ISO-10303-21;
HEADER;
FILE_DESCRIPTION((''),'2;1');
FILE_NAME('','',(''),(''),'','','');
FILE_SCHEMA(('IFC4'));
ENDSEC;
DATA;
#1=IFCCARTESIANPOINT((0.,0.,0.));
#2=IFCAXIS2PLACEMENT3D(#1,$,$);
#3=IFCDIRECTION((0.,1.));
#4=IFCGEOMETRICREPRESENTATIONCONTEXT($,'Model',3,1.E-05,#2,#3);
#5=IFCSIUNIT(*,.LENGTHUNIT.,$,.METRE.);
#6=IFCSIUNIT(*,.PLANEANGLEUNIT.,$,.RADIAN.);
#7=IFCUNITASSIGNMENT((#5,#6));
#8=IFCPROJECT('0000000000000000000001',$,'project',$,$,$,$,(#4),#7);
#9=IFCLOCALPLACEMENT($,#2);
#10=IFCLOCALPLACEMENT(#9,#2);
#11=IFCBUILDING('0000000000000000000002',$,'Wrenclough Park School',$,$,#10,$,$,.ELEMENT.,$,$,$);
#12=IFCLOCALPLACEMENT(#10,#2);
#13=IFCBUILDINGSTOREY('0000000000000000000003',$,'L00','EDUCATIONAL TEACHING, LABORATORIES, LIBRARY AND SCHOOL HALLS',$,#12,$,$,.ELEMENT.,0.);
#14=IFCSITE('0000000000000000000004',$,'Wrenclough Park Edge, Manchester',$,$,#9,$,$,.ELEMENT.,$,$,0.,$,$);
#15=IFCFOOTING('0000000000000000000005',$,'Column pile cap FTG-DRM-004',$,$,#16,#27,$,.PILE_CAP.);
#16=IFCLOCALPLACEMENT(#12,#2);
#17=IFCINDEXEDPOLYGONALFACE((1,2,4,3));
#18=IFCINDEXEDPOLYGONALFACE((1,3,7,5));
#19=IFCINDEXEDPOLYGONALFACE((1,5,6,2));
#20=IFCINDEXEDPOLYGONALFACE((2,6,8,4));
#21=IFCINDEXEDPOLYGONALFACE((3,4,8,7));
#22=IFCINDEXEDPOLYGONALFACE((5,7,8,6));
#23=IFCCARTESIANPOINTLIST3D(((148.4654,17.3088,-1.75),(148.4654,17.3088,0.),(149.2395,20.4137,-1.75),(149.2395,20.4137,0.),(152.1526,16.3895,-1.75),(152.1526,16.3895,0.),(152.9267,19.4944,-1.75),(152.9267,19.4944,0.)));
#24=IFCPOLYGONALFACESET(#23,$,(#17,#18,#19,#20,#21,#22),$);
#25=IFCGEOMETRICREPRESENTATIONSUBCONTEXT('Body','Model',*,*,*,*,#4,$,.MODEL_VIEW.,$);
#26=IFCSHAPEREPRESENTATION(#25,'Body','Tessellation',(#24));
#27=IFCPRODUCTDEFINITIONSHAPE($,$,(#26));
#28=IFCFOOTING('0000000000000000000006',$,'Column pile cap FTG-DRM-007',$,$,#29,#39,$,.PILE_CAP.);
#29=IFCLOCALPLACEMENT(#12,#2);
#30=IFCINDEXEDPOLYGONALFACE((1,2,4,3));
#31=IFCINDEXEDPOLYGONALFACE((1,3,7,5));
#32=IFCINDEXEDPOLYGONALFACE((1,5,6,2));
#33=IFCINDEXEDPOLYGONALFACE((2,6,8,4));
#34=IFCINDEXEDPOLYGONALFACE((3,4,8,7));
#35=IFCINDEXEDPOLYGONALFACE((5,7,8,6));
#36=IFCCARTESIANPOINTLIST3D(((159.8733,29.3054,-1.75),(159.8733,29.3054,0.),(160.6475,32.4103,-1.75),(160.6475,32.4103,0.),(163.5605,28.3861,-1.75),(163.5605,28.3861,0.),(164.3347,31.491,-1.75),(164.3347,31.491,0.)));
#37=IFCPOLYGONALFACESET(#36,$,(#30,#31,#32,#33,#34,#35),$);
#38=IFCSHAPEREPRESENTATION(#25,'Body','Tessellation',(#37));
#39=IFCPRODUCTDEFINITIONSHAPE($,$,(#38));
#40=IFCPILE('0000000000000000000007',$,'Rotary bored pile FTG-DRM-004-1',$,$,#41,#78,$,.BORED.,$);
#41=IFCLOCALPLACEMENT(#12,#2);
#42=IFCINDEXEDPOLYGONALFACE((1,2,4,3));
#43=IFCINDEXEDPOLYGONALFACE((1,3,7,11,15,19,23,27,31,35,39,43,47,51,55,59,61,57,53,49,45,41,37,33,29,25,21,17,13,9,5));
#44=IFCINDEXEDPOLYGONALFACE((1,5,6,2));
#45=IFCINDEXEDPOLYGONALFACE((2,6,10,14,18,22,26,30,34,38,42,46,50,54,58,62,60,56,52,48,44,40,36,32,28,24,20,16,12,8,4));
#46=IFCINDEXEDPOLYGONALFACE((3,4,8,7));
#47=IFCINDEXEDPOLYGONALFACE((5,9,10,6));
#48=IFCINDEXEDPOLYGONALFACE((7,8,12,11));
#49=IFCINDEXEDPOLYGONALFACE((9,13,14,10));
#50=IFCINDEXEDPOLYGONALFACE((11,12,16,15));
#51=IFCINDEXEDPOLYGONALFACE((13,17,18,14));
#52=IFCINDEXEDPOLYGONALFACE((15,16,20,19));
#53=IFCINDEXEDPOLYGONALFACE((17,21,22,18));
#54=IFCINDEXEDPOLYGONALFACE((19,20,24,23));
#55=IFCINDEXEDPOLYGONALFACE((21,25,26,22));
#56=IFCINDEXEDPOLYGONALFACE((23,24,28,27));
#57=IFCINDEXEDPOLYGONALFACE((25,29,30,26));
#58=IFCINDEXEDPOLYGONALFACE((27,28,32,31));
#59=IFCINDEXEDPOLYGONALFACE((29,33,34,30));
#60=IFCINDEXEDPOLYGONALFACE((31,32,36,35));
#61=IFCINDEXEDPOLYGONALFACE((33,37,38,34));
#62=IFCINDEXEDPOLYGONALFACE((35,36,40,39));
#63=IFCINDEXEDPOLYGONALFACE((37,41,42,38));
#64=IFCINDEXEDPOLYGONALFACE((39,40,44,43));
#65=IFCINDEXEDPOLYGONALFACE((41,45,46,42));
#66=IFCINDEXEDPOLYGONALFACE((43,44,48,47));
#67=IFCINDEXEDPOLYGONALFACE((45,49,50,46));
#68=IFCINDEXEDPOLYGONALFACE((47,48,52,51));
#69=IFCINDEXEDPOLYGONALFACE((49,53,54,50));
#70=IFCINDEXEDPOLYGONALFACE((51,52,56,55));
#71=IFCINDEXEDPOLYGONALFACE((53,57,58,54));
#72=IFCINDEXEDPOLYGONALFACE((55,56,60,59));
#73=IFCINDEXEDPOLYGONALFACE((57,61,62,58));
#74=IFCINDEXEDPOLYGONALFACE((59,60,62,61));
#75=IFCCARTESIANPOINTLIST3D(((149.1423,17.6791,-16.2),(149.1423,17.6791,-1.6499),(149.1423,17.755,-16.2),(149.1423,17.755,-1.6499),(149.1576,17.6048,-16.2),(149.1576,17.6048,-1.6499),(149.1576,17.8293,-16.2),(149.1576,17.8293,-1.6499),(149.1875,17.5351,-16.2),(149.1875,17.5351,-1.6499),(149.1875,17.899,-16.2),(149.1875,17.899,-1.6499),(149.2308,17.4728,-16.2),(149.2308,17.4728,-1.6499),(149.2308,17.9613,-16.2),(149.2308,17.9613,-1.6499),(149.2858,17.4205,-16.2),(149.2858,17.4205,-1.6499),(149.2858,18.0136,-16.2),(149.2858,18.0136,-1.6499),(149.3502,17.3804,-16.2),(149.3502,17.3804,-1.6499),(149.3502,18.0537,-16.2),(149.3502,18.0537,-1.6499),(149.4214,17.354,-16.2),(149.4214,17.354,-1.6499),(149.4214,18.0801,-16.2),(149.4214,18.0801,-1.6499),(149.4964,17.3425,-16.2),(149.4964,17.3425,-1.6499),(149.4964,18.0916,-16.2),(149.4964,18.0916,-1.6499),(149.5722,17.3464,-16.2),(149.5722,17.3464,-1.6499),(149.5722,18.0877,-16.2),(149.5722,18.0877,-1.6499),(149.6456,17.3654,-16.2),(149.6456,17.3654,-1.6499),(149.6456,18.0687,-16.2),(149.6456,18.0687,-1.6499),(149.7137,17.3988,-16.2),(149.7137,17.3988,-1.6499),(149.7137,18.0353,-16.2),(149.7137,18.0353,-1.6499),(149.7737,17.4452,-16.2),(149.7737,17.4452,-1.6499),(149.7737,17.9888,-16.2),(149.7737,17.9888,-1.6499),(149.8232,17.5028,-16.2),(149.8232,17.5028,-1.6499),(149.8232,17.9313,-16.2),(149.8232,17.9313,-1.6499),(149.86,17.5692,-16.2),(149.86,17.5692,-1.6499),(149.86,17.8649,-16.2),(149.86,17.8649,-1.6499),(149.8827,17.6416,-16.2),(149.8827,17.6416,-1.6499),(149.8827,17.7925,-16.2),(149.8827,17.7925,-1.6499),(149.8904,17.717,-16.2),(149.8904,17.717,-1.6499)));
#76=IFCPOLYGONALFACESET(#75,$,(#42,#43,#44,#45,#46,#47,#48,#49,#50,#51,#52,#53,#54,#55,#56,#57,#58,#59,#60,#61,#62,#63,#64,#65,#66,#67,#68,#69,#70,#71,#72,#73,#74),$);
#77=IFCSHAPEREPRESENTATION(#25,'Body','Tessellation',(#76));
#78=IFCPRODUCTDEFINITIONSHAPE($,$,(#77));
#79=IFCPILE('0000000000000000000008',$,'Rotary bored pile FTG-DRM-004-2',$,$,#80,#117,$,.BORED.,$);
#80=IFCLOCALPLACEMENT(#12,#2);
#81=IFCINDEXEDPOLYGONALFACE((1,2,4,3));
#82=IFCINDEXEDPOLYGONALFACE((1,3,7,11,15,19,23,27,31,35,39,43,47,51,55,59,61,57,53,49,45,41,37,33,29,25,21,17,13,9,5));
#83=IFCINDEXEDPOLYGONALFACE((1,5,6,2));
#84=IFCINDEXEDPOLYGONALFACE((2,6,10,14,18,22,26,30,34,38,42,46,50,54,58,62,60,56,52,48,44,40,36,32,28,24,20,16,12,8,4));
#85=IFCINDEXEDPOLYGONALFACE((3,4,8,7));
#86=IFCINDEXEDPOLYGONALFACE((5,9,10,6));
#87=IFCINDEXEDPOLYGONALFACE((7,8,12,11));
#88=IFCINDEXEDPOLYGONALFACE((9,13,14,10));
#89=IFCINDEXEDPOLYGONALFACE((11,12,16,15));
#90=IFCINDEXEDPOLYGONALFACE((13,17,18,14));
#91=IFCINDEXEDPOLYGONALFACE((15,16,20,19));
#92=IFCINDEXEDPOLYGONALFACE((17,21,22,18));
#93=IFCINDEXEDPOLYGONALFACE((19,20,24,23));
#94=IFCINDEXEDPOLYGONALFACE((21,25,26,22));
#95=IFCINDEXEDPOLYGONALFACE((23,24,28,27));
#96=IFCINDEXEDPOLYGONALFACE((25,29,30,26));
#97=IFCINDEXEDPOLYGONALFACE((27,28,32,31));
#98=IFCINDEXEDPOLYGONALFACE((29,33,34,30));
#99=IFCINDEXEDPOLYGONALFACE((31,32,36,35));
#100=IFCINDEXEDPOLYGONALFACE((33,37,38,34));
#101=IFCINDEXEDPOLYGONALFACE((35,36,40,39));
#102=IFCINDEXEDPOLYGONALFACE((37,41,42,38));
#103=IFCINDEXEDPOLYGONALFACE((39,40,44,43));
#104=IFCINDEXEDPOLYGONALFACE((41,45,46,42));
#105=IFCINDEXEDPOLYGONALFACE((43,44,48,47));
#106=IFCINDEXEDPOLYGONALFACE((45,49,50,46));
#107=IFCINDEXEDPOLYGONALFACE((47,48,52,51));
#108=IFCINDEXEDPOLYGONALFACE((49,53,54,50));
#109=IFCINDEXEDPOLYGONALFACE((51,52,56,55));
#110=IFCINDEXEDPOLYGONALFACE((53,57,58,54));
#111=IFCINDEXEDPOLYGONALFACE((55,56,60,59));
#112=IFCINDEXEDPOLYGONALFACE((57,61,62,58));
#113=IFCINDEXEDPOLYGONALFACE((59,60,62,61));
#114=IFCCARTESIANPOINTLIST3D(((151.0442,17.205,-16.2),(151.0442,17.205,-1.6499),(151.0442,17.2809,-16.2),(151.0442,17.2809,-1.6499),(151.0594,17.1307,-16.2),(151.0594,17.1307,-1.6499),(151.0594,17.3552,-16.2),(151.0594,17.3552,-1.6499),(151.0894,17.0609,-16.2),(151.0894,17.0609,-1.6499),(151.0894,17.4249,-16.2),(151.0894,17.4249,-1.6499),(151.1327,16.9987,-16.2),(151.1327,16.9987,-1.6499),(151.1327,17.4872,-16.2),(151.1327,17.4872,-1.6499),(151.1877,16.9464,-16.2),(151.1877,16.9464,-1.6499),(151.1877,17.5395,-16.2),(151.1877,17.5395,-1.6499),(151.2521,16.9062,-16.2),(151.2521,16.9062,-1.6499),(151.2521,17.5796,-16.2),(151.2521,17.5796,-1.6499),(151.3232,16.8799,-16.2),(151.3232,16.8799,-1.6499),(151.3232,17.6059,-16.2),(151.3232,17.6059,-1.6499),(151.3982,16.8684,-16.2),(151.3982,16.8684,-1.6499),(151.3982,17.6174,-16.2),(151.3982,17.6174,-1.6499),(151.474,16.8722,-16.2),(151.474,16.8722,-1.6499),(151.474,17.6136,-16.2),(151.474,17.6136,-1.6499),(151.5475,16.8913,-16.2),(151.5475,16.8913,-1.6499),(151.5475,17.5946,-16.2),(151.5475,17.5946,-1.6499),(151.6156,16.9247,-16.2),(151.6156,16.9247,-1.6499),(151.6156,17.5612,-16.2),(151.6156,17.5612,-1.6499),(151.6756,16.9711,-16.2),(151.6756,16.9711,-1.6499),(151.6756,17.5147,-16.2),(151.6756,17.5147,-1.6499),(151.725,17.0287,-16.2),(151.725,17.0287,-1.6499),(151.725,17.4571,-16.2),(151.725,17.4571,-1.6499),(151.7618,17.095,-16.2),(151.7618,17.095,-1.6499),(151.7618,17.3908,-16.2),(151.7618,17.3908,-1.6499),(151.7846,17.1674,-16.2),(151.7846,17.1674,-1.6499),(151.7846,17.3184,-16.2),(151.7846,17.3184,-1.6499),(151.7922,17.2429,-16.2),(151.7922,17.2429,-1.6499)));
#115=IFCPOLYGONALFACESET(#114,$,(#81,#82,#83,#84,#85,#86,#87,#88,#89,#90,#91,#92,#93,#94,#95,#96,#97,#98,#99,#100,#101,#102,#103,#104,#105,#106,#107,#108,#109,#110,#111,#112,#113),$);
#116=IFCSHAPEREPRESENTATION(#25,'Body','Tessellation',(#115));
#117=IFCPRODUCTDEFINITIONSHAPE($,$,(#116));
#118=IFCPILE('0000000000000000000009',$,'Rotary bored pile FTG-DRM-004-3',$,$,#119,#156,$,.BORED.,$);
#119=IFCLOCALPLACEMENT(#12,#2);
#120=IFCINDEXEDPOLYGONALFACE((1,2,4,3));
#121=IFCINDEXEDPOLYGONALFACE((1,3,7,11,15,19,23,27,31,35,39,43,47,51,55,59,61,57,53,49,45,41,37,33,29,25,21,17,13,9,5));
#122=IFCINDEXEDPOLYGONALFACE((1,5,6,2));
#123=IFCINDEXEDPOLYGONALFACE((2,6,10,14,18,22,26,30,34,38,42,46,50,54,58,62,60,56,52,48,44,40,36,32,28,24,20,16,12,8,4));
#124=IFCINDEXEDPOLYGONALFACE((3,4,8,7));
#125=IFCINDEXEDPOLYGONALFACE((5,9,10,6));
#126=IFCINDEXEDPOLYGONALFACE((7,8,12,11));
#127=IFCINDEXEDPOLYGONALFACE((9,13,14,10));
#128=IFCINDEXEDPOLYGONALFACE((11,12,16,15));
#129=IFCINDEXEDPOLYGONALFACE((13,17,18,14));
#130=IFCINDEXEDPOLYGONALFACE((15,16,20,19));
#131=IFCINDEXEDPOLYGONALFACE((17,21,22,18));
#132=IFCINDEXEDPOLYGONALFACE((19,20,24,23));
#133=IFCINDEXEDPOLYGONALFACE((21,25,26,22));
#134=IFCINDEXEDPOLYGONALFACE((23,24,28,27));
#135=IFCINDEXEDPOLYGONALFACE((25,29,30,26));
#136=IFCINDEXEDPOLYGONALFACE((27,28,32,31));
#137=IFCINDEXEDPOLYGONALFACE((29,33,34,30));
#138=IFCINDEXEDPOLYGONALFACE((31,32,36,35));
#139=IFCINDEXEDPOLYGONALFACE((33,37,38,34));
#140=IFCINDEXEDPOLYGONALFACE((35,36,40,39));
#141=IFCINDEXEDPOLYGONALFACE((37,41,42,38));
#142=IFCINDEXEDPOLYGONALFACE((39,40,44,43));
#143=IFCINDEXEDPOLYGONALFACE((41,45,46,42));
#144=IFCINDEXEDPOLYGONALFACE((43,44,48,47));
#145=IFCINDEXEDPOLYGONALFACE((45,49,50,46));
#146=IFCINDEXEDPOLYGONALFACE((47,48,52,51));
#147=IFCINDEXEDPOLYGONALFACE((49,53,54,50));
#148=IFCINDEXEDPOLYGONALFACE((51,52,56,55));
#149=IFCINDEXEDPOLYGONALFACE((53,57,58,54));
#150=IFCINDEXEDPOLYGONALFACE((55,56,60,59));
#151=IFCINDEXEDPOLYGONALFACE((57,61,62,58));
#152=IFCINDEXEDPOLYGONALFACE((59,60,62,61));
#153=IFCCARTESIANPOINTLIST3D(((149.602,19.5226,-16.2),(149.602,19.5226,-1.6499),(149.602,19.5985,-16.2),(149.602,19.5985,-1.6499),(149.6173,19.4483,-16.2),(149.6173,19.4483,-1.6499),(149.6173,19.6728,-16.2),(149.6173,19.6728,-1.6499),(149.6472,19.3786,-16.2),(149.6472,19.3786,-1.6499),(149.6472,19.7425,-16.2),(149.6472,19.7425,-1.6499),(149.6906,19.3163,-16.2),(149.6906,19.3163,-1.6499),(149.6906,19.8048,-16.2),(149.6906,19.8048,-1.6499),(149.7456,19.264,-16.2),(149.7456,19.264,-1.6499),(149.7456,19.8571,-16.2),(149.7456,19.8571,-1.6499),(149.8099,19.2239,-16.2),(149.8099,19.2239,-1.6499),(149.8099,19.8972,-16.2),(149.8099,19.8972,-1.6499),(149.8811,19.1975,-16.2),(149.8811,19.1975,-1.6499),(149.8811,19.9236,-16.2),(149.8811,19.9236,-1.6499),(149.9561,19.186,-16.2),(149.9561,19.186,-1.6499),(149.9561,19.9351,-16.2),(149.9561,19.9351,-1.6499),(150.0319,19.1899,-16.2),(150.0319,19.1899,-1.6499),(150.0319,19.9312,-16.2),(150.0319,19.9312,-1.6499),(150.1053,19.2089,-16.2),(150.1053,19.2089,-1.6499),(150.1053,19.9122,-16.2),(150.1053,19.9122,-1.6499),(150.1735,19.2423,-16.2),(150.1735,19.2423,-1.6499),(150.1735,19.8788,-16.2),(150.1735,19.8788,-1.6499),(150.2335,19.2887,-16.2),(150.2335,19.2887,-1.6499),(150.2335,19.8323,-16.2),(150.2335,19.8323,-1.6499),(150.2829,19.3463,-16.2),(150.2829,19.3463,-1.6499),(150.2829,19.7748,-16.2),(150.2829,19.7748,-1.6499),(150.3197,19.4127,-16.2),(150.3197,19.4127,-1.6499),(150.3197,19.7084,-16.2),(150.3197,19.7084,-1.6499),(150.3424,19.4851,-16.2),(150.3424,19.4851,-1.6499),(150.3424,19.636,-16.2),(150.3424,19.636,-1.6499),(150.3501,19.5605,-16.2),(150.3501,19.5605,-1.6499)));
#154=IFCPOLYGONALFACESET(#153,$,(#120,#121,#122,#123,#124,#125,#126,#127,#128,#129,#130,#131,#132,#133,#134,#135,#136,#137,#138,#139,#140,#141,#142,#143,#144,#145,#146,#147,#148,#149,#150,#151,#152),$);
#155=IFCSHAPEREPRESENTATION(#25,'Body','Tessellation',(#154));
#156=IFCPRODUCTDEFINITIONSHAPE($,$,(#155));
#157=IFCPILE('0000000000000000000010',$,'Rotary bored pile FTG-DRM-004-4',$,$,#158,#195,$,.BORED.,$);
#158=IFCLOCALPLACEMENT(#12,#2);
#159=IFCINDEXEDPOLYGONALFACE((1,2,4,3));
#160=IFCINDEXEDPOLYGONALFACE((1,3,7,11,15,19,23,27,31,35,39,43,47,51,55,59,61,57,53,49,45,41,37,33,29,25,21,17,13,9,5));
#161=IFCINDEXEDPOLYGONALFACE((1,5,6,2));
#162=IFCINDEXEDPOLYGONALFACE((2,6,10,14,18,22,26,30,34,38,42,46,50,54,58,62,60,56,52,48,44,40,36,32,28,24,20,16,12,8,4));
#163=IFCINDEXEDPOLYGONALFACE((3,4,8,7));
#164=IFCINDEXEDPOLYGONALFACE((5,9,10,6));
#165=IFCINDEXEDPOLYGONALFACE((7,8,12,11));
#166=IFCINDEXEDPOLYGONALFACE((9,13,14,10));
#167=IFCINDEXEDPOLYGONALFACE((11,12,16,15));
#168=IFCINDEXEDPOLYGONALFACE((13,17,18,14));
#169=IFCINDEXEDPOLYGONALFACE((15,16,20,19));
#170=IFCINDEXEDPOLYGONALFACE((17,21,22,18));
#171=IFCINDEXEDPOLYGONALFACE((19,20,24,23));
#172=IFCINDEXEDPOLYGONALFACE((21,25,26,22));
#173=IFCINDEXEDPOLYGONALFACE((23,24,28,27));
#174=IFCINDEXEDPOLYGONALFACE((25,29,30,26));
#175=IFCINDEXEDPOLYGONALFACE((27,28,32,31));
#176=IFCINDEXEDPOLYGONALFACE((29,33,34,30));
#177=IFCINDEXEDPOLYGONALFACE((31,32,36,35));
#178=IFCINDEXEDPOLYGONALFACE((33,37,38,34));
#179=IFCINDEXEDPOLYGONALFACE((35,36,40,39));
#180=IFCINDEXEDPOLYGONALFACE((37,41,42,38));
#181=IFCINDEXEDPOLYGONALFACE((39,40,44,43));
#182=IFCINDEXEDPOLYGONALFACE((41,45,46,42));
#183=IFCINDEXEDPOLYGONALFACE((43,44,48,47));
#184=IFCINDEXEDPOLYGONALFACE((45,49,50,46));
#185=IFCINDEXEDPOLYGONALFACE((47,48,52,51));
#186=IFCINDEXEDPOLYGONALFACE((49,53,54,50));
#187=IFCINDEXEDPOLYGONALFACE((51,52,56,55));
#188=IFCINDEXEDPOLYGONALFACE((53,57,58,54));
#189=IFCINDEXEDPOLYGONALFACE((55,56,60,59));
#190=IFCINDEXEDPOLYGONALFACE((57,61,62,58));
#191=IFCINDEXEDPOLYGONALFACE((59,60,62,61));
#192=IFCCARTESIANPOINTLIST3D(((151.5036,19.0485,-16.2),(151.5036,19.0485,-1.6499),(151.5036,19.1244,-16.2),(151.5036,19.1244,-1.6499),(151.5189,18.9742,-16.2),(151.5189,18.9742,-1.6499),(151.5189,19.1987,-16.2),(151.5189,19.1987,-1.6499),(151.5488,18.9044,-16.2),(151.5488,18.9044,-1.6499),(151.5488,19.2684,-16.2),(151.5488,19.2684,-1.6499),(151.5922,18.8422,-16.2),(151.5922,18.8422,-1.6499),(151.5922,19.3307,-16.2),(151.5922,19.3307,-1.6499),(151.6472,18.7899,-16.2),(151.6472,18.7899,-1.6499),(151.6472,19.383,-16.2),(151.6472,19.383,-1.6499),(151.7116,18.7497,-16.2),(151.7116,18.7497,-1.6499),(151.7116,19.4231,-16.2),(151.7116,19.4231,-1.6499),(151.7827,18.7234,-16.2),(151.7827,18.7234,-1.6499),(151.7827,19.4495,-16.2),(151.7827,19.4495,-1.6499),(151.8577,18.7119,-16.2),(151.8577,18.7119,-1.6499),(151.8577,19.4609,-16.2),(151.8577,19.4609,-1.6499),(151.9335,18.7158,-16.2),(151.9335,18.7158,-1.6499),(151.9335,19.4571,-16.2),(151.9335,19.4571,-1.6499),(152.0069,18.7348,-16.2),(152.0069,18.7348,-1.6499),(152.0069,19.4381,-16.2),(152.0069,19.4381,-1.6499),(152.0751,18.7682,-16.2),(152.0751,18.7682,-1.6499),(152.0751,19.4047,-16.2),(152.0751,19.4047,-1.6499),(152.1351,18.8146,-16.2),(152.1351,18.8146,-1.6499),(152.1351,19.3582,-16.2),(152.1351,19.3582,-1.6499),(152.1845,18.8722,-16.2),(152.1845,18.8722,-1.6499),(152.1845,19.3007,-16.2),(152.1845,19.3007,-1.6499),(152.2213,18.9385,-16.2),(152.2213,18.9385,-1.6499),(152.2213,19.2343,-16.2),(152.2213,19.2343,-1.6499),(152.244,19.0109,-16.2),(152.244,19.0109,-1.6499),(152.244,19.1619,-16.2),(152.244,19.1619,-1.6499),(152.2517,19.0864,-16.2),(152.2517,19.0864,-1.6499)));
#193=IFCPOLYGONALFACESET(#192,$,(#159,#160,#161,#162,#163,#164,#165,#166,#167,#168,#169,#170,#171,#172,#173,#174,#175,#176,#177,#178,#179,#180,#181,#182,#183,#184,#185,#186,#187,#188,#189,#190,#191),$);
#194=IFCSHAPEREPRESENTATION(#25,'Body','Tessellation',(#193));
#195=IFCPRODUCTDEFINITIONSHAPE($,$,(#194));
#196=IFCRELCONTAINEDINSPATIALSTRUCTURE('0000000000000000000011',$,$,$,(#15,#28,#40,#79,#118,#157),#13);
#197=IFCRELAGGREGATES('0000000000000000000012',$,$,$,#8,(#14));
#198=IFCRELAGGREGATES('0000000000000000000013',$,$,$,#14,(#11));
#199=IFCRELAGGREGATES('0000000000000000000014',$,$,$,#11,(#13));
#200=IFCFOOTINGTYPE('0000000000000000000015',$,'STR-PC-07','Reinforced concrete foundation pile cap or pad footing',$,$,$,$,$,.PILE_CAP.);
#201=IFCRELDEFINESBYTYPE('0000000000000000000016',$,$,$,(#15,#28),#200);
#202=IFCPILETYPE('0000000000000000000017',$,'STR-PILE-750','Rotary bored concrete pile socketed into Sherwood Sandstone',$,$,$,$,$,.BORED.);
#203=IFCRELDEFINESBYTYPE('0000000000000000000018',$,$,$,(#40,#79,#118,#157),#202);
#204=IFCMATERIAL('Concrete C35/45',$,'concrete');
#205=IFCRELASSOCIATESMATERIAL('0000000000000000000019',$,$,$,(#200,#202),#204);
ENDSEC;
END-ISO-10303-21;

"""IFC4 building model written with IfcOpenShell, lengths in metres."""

from ifc_helpers import new_model, si_unit, direction, frame, origin, origin_2d, place, context, subcontext, project, spatial, rectangle, circle, extrude, material, material_profile, profile_set, type_object, element, save


model = new_model("IFC4")

# Units and contexts
model_context = context("Model", 3, precision=1e-05, world=origin(), true_north=direction((0.0, 1.0)))
body_context = subcontext(model_context, "Body", "Model", "MODEL_VIEW")
ifc_project = project(units=[si_unit("LENGTHUNIT", "METRE"), si_unit("PLANEANGLEUNIT", "RADIAN")], contexts=[model_context])

# Site, building, storey
site_placement = place(None, origin())
site = spatial("IfcSite", under=ifc_project, at=site_placement, Name="Wrenclough Park Edge, Manchester", CompositionType="ELEMENT", RefElevation=0.0)
building_placement = place(site_placement, origin())
building = spatial("IfcBuilding", under=site, at=building_placement, Name="Wrenclough Park School", CompositionType="ELEMENT")
storey_placement = place(building_placement, origin())
storey = spatial("IfcBuildingStorey", under=building, at=storey_placement, Name="L00", Description="EDUCATIONAL TEACHING, LABORATORIES, LIBRARY AND SCHOOL HALLS", CompositionType="ELEMENT", Elevation=0.0)

# Footings
ifc_material_1 = material(Name="Concrete C35/45", Category="concrete")
footing_type = type_object("IfcFootingType", Name="STR-PC-07", Description="Reinforced concrete foundation pile cap or pad footing", PredefinedType="PILE_CAP", material=ifc_material_1)
for number, where, z_axis, x_axis, name in (
    (1, (150.696, 18.4016, -1.75), (0.0, 0.0, 1.0), (0.970296, -0.241922, 0.0), "Column pile cap FTG-DRM-004"),
    (2, (162.104, 30.3982, -1.75), (0.0, 0.0, 1.0), (0.970296, -0.241922, 0.0), "Column pile cap FTG-DRM-007"),
):
    element("IfcFooting", number, at=place(storey_placement, frame(where, z_axis=z_axis, x_axis=x_axis)), inside=storey, type_object=footing_type, Name=name, PredefinedType="PILE_CAP", context=body_context, shape_type="SweptSolid", body=[
        extrude(rectangle(XDim=3.8, YDim=3.2, at=origin_2d()), origin(), (0.0, 0.0, 1.0), 1.75),
    ])

# Piles
ifc_material_profile_1 = material_profile(ifc_material_1, circle(Radius=0.375, at=origin_2d()), Name="BORED PILE D750")
ifc_profile_set_1 = profile_set([ifc_material_profile_1], Name="Concrete C35/45")
pile_type = type_object("IfcPileType", Name="STR-PILE-750", Description="Rotary bored concrete pile socketed into Sherwood Sandstone", PredefinedType="BORED", material=ifc_profile_set_1)
for number, where, z_axis, x_axis, name in (
    (3, (149.5154, 17.717, -1.6499), (0.0, 0.0, -1.0), (1.0, 0.0, 0.0), "Rotary bored pile FTG-DRM-004-1"),
    (4, (151.4172, 17.2429, -1.6499), (0.0, 0.0, -1.0), (1.0, 0.0, 0.0), "Rotary bored pile FTG-DRM-004-2"),
    (5, (149.9751, 19.5605, -1.6499), (0.0, 0.0, -1.0), (1.0, 0.0, 0.0), "Rotary bored pile FTG-DRM-004-3"),
    (6, (151.8767, 19.0864, -1.6499), (0.0, 0.0, -1.0), (1.0, 0.0, 0.0), "Rotary bored pile FTG-DRM-004-4"),
):
    element("IfcPile", number, at=place(storey_placement, frame(where, z_axis=z_axis, x_axis=x_axis)), inside=storey, type_object=pile_type, Name=name, PredefinedType="BORED", context=body_context, shape_type="SweptSolid", body=[
        extrude(circle(Radius=0.375, at=origin_2d()), origin(), (0.0, 0.0, 1.0), 14.55),
    ])

save(model, "model.ifc")
